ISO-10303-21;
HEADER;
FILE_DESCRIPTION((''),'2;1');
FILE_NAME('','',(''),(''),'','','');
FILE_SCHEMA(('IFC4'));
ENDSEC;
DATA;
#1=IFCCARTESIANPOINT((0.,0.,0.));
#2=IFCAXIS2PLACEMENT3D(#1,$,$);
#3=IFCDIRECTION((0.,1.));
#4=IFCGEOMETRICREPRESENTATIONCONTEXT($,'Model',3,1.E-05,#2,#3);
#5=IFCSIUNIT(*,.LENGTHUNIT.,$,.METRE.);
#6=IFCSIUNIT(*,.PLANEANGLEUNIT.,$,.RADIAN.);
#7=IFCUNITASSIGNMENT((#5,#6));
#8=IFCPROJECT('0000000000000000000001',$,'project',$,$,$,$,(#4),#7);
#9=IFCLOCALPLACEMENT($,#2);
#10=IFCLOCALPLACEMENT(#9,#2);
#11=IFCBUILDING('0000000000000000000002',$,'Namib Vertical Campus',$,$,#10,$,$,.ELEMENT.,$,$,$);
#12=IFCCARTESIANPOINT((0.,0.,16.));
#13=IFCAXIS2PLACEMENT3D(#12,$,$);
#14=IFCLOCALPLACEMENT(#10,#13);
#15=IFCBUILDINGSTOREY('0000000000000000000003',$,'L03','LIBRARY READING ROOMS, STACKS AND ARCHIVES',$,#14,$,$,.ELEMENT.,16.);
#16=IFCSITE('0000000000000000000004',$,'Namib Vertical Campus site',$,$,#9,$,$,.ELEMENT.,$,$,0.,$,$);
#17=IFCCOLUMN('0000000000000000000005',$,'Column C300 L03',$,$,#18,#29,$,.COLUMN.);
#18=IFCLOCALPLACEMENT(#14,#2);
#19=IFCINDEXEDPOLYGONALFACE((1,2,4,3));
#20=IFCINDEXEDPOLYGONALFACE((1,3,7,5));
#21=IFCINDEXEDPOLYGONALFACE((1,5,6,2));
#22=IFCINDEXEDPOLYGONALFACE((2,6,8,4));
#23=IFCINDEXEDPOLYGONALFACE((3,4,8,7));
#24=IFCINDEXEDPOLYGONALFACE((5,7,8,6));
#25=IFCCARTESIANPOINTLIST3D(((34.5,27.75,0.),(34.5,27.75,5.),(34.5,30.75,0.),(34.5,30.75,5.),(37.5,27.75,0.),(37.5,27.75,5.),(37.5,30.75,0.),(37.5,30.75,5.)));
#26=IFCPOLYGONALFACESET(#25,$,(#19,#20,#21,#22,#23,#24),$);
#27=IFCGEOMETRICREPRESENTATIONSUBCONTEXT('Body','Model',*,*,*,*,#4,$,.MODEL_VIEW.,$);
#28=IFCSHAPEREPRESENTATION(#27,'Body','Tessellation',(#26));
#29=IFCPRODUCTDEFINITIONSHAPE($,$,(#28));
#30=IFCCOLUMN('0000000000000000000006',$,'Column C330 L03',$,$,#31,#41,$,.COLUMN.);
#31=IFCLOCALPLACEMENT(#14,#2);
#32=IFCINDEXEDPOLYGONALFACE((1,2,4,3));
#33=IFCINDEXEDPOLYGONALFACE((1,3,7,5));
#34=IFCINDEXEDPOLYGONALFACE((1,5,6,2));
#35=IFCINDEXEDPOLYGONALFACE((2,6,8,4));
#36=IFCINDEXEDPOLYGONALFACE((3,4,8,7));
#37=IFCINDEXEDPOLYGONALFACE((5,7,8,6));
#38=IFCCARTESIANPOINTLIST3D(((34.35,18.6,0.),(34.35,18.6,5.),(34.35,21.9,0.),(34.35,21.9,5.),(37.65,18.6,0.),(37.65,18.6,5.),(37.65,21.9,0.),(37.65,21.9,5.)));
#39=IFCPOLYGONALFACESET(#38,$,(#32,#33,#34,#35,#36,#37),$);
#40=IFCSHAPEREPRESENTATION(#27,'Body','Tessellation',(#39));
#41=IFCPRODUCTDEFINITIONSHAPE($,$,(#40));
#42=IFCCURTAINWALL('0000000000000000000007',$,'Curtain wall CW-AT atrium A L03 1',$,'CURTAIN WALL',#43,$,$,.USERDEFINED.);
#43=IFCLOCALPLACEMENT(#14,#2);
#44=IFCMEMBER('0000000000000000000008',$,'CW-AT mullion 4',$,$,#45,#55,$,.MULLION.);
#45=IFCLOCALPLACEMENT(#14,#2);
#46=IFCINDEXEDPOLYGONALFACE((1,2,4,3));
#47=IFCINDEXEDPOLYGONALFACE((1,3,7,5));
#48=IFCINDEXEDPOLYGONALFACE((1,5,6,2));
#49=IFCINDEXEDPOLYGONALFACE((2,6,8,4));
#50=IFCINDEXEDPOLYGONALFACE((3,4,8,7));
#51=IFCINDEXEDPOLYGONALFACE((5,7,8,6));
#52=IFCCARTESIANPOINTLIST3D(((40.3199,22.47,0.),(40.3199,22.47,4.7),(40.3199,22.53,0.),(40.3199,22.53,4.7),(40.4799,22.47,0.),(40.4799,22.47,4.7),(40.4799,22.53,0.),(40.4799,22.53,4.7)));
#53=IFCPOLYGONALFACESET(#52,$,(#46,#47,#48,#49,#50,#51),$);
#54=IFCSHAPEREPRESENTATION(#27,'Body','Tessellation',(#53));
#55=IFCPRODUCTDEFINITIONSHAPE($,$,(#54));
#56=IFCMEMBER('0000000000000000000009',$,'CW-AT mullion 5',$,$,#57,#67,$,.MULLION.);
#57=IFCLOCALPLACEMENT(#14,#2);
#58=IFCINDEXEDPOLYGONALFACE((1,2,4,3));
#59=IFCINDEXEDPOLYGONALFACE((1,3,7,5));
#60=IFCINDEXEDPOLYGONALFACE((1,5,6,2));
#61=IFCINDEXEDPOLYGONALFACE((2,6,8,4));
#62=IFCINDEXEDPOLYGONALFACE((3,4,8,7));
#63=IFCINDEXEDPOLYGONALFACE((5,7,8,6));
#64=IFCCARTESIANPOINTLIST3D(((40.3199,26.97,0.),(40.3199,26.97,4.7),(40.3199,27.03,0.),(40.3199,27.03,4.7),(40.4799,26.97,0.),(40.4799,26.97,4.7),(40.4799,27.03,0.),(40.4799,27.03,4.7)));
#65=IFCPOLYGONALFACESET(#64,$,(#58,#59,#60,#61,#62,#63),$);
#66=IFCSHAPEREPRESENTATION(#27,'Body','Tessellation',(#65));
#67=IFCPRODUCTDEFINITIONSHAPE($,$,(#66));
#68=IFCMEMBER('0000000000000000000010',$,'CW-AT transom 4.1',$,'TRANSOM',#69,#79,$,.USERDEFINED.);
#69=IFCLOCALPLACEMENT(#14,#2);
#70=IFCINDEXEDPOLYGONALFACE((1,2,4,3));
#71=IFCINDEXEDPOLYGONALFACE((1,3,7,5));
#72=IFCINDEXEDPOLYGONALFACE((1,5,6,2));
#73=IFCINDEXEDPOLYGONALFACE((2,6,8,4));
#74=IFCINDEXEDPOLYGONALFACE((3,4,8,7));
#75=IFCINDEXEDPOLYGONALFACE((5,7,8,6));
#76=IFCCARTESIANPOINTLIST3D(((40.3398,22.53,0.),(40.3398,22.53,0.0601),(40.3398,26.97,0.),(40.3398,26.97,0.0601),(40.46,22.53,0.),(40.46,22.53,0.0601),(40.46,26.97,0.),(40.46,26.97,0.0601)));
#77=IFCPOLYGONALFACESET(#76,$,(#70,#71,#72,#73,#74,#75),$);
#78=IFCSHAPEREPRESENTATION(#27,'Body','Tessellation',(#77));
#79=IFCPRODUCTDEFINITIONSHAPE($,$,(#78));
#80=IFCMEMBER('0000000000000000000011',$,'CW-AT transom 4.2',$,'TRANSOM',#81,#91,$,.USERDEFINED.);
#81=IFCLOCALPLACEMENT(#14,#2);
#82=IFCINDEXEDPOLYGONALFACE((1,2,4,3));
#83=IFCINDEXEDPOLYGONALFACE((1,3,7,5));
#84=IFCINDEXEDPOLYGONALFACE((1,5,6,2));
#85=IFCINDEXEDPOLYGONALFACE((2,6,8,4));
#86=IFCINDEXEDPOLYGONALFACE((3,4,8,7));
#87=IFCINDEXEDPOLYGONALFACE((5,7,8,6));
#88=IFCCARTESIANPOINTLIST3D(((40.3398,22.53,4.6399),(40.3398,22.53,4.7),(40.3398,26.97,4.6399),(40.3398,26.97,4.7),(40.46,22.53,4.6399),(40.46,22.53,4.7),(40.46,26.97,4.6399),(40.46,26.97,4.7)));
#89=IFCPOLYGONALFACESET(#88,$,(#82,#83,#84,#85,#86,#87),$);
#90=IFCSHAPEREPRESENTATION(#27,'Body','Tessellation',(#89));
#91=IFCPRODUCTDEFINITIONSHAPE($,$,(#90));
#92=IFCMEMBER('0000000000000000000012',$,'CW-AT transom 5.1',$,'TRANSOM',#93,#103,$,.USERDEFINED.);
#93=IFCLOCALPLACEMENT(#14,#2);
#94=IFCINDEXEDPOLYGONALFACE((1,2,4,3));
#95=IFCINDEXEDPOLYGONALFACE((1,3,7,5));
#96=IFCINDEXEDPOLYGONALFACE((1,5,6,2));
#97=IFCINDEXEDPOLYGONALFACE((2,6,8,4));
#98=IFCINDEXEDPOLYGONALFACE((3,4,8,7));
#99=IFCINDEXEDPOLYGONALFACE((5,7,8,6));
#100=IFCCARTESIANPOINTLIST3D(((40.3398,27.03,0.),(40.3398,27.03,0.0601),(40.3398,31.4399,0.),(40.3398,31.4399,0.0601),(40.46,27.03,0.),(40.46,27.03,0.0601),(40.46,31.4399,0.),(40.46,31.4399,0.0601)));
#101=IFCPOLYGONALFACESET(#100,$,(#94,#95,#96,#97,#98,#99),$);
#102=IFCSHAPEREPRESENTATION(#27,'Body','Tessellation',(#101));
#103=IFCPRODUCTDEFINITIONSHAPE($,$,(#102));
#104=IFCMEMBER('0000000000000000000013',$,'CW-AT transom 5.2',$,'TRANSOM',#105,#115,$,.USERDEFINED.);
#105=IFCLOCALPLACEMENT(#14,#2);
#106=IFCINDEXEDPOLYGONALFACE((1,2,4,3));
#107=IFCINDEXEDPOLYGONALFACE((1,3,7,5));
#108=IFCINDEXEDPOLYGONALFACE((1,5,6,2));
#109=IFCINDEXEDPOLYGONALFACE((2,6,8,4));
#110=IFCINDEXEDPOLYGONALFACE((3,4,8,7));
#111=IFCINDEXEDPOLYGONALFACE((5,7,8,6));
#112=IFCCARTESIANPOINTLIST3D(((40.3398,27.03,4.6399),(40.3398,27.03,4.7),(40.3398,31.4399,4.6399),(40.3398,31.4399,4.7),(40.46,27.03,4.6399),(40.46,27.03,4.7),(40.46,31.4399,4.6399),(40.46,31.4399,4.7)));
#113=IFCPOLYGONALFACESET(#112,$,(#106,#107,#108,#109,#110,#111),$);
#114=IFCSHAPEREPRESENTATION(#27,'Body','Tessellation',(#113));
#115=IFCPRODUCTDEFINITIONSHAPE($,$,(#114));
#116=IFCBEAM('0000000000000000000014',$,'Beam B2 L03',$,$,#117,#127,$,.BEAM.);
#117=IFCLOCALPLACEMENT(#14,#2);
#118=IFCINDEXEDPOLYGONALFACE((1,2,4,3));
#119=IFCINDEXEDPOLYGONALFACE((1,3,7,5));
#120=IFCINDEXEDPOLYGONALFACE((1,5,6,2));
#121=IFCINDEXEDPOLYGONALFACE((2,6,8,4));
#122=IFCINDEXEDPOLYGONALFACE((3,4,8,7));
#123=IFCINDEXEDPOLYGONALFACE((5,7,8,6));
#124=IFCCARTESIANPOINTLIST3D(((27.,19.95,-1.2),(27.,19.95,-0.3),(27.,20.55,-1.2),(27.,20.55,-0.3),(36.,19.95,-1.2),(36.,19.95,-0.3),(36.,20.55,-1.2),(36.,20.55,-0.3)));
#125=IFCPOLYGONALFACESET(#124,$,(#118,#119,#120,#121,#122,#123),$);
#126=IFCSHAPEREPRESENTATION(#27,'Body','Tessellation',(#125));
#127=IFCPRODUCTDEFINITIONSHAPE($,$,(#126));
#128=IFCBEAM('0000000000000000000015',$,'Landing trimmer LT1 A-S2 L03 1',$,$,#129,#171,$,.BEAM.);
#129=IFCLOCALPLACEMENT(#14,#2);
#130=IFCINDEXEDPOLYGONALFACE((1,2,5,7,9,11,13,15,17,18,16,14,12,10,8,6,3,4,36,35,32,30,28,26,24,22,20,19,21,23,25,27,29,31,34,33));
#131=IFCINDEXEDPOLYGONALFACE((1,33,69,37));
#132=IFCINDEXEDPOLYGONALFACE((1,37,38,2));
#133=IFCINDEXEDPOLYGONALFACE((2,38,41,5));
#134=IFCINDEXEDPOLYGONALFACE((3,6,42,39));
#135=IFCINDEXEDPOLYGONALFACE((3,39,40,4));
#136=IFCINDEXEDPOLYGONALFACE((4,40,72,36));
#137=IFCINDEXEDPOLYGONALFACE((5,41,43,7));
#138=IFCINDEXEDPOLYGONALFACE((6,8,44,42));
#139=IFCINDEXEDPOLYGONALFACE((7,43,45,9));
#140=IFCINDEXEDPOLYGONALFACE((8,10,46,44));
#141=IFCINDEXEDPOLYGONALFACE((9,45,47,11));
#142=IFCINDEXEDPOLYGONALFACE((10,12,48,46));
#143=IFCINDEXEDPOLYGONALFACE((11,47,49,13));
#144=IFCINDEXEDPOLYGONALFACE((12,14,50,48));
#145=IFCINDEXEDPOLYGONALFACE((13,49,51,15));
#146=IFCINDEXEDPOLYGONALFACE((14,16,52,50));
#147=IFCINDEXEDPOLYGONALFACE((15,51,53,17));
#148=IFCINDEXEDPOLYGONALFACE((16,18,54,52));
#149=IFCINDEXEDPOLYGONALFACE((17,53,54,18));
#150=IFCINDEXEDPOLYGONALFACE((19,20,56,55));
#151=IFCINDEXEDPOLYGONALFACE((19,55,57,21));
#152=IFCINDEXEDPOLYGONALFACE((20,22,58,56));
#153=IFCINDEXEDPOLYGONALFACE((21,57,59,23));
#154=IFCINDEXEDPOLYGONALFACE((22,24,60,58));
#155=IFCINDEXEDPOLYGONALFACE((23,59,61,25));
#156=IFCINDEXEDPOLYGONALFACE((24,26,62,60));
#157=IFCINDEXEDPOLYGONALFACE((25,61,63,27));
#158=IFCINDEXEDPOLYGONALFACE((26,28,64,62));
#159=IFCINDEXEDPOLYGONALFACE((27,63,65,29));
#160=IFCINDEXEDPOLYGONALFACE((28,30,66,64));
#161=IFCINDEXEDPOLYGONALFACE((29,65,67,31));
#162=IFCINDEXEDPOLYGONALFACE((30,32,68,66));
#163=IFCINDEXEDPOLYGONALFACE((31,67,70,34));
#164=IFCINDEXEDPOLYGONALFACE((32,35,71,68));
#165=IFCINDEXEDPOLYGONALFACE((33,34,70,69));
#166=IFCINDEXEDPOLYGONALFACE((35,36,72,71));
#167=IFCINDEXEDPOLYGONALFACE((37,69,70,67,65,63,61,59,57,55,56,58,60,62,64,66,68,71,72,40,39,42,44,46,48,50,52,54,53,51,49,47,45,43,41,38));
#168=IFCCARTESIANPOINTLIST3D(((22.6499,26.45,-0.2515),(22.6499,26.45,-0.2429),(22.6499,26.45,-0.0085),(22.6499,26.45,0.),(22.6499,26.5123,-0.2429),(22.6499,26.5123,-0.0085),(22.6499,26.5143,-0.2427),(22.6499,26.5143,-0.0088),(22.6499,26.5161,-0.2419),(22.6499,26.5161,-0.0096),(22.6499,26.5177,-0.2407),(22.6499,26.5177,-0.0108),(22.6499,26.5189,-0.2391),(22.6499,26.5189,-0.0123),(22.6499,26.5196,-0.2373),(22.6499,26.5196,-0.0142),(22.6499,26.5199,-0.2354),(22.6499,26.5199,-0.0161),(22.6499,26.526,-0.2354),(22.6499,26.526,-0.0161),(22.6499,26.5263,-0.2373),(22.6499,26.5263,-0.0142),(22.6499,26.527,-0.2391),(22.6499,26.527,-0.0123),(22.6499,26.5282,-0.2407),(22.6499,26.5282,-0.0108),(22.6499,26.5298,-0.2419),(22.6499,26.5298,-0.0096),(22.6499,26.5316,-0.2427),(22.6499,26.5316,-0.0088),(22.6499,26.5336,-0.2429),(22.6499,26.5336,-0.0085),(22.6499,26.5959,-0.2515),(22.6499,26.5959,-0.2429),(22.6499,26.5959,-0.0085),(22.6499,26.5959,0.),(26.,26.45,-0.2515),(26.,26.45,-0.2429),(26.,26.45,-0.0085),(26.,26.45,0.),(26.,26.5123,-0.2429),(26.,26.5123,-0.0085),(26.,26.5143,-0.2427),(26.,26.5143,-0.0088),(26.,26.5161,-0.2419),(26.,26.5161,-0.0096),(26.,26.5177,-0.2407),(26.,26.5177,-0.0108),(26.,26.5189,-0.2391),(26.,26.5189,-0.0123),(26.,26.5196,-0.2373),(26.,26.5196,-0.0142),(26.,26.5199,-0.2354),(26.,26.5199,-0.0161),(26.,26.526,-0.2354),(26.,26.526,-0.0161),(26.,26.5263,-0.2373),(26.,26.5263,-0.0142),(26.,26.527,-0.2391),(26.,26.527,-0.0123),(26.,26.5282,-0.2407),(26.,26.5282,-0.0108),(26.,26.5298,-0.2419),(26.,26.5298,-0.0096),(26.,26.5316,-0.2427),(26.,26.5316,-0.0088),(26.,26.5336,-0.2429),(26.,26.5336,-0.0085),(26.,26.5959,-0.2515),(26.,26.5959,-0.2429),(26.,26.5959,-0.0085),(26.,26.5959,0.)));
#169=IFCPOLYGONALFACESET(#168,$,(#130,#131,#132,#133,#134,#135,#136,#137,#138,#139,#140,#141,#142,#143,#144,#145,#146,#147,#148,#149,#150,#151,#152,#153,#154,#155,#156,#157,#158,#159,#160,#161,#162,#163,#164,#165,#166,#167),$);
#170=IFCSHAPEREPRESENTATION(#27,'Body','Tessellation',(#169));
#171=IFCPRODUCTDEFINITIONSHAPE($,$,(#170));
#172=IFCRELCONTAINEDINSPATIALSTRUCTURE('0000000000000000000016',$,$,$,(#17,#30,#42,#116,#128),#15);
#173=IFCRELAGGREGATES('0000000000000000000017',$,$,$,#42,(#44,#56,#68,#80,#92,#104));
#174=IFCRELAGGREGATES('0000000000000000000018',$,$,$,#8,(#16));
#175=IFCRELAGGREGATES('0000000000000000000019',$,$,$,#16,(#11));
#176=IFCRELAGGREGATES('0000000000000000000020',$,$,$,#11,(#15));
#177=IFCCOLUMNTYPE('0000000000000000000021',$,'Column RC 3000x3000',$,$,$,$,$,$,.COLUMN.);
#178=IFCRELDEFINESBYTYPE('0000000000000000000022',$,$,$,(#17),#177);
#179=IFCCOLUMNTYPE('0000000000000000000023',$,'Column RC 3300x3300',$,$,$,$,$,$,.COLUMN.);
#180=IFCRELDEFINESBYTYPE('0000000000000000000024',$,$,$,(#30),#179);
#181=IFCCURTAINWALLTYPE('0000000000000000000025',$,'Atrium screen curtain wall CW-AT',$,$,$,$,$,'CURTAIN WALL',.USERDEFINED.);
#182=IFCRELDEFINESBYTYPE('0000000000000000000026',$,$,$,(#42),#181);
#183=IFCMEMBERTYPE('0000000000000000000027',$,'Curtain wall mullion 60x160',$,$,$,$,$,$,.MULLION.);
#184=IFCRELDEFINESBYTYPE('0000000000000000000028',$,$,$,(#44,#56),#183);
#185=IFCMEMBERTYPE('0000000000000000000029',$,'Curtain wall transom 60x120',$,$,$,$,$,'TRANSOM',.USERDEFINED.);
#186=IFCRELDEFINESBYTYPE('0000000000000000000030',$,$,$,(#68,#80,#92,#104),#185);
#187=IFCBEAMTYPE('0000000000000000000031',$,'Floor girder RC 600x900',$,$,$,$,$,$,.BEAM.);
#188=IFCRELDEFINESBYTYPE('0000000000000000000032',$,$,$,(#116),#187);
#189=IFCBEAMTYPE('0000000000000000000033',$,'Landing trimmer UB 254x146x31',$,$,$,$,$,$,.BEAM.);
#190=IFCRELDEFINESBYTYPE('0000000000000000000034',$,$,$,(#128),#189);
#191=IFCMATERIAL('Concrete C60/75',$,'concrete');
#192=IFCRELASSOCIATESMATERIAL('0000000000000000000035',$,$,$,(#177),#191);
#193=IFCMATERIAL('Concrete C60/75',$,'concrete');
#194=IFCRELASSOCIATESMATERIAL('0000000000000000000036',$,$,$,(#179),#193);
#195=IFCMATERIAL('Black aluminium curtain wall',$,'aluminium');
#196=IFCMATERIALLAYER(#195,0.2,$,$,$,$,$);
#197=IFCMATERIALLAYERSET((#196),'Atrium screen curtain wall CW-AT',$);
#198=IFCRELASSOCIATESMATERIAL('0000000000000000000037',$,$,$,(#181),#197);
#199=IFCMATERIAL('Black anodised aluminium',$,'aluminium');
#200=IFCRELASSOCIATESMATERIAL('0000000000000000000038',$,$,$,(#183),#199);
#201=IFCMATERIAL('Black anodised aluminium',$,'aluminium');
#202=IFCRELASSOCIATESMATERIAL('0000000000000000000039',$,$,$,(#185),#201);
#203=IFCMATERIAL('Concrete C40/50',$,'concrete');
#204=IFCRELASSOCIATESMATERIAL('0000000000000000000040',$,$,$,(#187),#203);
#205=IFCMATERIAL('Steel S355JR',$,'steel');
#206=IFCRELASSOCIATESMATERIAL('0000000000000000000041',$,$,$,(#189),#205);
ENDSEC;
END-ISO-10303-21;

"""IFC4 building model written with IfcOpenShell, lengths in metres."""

from ifc_helpers import new_model, si_unit, direction, frame, origin, origin_2d, place, context, subcontext, project, spatial, rectangle, i_section, extrude, material, layer, layer_set, material_profile, profile_set, type_object, element, aggregate, save


model = new_model("IFC4")

# Units and contexts
model_context = context("Model", 3, precision=1e-05, world=origin(), true_north=direction((0.0, 1.0)))
body_context = subcontext(model_context, "Body", "Model", "MODEL_VIEW")
ifc_project = project(units=[si_unit("LENGTHUNIT", "METRE"), si_unit("PLANEANGLEUNIT", "RADIAN")], contexts=[model_context])

# Site, building, storey
site_placement = place(None, origin())
site = spatial("IfcSite", under=ifc_project, at=site_placement, Name="Namib Vertical Campus site", CompositionType="ELEMENT", RefElevation=0.0)
building_placement = place(site_placement, origin())
building = spatial("IfcBuilding", under=site, at=building_placement, Name="Namib Vertical Campus", CompositionType="ELEMENT")
storey_placement = place(building_placement, frame((0.0, 0.0, 16.0)))
storey = spatial("IfcBuildingStorey", under=building, at=storey_placement, Name="L03", Description="LIBRARY READING ROOMS, STACKS AND ARCHIVES", CompositionType="ELEMENT", Elevation=16.0)

# Columns
ifc_material_1 = material(Name="Concrete C60/75", Category="concrete")
ifc_material_profile_1 = material_profile(ifc_material_1, rectangle(XDim=3.0, YDim=3.0, at=origin_2d()))
ifc_profile_set_1 = profile_set([ifc_material_profile_1], Name="Concrete C60/75")
column_type_1 = type_object("IfcColumnType", Name="Column RC 3000x3000", PredefinedType="COLUMN", material=ifc_profile_set_1)
column_1_placement = place(storey_placement, frame((36.0, 29.25, 0.0), z_axis=(0.0, 0.0, 1.0), x_axis=(1.0, 0.0, 0.0)))
element("IfcColumn", 1, at=column_1_placement, inside=storey, type_object=column_type_1, Name="Column C300 L03", PredefinedType="COLUMN", context=body_context, shape_type="SweptSolid", body=[
    extrude(rectangle(XDim=3.0, YDim=3.0, at=origin_2d()), origin(), (0.0, 0.0, 1.0), 5.0),
])
ifc_material_2 = material(Name="Concrete C60/75", Category="concrete")
ifc_material_profile_2 = material_profile(ifc_material_2, rectangle(XDim=3.3, YDim=3.3, at=origin_2d()))
ifc_profile_set_2 = profile_set([ifc_material_profile_2], Name="Concrete C60/75")
column_type_2 = type_object("IfcColumnType", Name="Column RC 3300x3300", PredefinedType="COLUMN", material=ifc_profile_set_2)
column_2_placement = place(storey_placement, frame((36.0, 20.25, 0.0), z_axis=(0.0, 0.0, 1.0), x_axis=(1.0, 0.0, 0.0)))
element("IfcColumn", 2, at=column_2_placement, inside=storey, type_object=column_type_2, Name="Column C330 L03", PredefinedType="COLUMN", context=body_context, shape_type="SweptSolid", body=[
    extrude(rectangle(XDim=3.3, YDim=3.3, at=origin_2d()), origin(), (0.0, 0.0, 1.0), 5.0),
])

# Curtain wall, members
ifc_material_3 = material(Name="Black aluminium curtain wall", Category="aluminium")
ifc_layer_1 = layer(ifc_material_3, 0.2)
ifc_layer_set_1 = layer_set([ifc_layer_1], Name="Atrium screen curtain wall CW-AT")
curtain_wall_type = type_object("IfcCurtainWallType", Name="Atrium screen curtain wall CW-AT", ElementType="CURTAIN WALL", PredefinedType="USERDEFINED", material=ifc_layer_set_1)
curtain_wall_placement = place(storey_placement, origin())
curtain_wall = element("IfcCurtainWall", 3, at=curtain_wall_placement, inside=storey, type_object=curtain_wall_type, Name="Curtain wall CW-AT atrium A L03 1", ObjectType="CURTAIN WALL", PredefinedType="USERDEFINED")
ifc_material_4 = material(Name="Black anodised aluminium", Category="aluminium")
ifc_material_profile_3 = material_profile(ifc_material_4, rectangle(XDim=0.0601, YDim=0.1599, at=origin_2d()))
ifc_profile_set_3 = profile_set([ifc_material_profile_3], Name="Black anodised aluminium")
member_type_1 = type_object("IfcMemberType", Name="Curtain wall mullion 60x160", PredefinedType="MULLION", material=ifc_profile_set_3)
member_1_placement = place(storey_placement, frame((40.3999, 22.5, 0.0), z_axis=(0.0, 0.0, 1.0), x_axis=(0.0, 1.0, 0.0)))
member_1 = element("IfcMember", 4, at=member_1_placement, type_object=member_type_1, Name="CW-AT mullion 4", PredefinedType="MULLION", context=body_context, shape_type="SweptSolid", body=[
    extrude(rectangle(XDim=0.0601, YDim=0.1599, at=origin_2d()), origin(), (0.0, 0.0, 1.0), 4.7),
])
member_2_placement = place(storey_placement, frame((40.3999, 27.0, 0.0), z_axis=(0.0, 0.0, 1.0), x_axis=(0.0, 1.0, 0.0)))
member_2 = element("IfcMember", 5, at=member_2_placement, type_object=member_type_1, Name="CW-AT mullion 5", PredefinedType="MULLION", context=body_context, shape_type="SweptSolid", body=[
    extrude(rectangle(XDim=0.0601, YDim=0.1599, at=origin_2d()), origin(), (0.0, 0.0, 1.0), 4.7),
])
ifc_material_5 = material(Name="Black anodised aluminium", Category="aluminium")
ifc_material_profile_4 = material_profile(ifc_material_5, rectangle(XDim=0.0601, YDim=0.1201, at=origin_2d()))
ifc_profile_set_4 = profile_set([ifc_material_profile_4], Name="Black anodised aluminium")
member_type_2 = type_object("IfcMemberType", Name="Curtain wall transom 60x120", ElementType="TRANSOM", PredefinedType="USERDEFINED", material=ifc_profile_set_4)
member_3_placement = place(storey_placement, frame((40.3999, 22.53, 0.03), z_axis=(0.0, 1.0, 0.0), x_axis=(0.0, 0.0, 1.0)))
member_3 = element("IfcMember", 6, at=member_3_placement, type_object=member_type_2, Name="CW-AT transom 4.1", ObjectType="TRANSOM", PredefinedType="USERDEFINED", context=body_context, shape_type="SweptSolid", body=[
    extrude(rectangle(XDim=0.0601, YDim=0.1201, at=origin_2d()), origin(), (0.0, 0.0, 1.0), 4.4399),
])
member_4_placement = place(storey_placement, frame((40.3999, 22.53, 4.6699), z_axis=(0.0, 1.0, 0.0), x_axis=(0.0, 0.0, 1.0)))
member_4 = element("IfcMember", 7, at=member_4_placement, type_object=member_type_2, Name="CW-AT transom 4.2", ObjectType="TRANSOM", PredefinedType="USERDEFINED", context=body_context, shape_type="SweptSolid", body=[
    extrude(rectangle(XDim=0.0601, YDim=0.1201, at=origin_2d()), origin(), (0.0, 0.0, 1.0), 4.4399),
])
member_5_placement = place(storey_placement, frame((40.3999, 27.03, 0.03), z_axis=(0.0, 1.0, 0.0), x_axis=(0.0, 0.0, 1.0)))
member_5 = element("IfcMember", 8, at=member_5_placement, type_object=member_type_2, Name="CW-AT transom 5.1", ObjectType="TRANSOM", PredefinedType="USERDEFINED", context=body_context, shape_type="SweptSolid", body=[
    extrude(rectangle(XDim=0.0601, YDim=0.1201, at=origin_2d()), origin(), (0.0, 0.0, 1.0), 4.4099),
])
member_6_placement = place(storey_placement, frame((40.3999, 27.03, 4.6699), z_axis=(0.0, 1.0, 0.0), x_axis=(0.0, 0.0, 1.0)))
member_6 = element("IfcMember", 9, at=member_6_placement, type_object=member_type_2, Name="CW-AT transom 5.2", ObjectType="TRANSOM", PredefinedType="USERDEFINED", context=body_context, shape_type="SweptSolid", body=[
    extrude(rectangle(XDim=0.0601, YDim=0.1201, at=origin_2d()), origin(), (0.0, 0.0, 1.0), 4.4099),
])

# Beams
ifc_material_6 = material(Name="Concrete C40/50", Category="concrete")
ifc_material_profile_5 = material_profile(ifc_material_6, rectangle(XDim=0.6001, YDim=0.8999, at=origin_2d()))
ifc_profile_set_5 = profile_set([ifc_material_profile_5], Name="Concrete C40/50")
beam_type_1 = type_object("IfcBeamType", Name="Floor girder RC 600x900", PredefinedType="BEAM", material=ifc_profile_set_5)
beam_1_placement = place(storey_placement, frame((36.0, 20.25, -0.75), z_axis=(-1.0, 0.0, 0.0), x_axis=(0.0, -1.0, 0.0)))
element("IfcBeam", 10, at=beam_1_placement, inside=storey, type_object=beam_type_1, Name="Beam B2 L03", PredefinedType="BEAM", context=body_context, shape_type="SweptSolid", body=[
    extrude(rectangle(XDim=0.6001, YDim=0.8999, at=origin_2d()), origin(), (0.0, 0.0, 1.0), 9.0),
])
ifc_material_7 = material(Name="Steel S355JR", Category="steel")
ifc_material_profile_6 = material_profile(ifc_material_7, i_section(OverallWidth=0.146, OverallDepth=0.2515, WebThickness=0.0061, FlangeThickness=0.0085, FilletRadius=0.0076, at=origin_2d()))
ifc_profile_set_6 = profile_set([ifc_material_profile_6], Name="Steel S355JR")
beam_type_2 = type_object("IfcBeamType", Name="Landing trimmer UB 254x146x31", PredefinedType="BEAM", material=ifc_profile_set_6)
for number, where, z_axis, x_axis, name in (
    (11, (22.6499, 26.5229, -0.1257), (1.0, 0.0, 0.0), (0.0, 1.0, 0.0), "Landing trimmer LT1 A-S2 L03 1"),
):
    element("IfcBeam", number, at=place(storey_placement, frame(where, z_axis=z_axis, x_axis=x_axis)), inside=storey, type_object=beam_type_2, Name=name, PredefinedType="BEAM", context=body_context, shape_type="SweptSolid", body=[
        extrude(i_section(OverallWidth=0.146, OverallDepth=0.2515, WebThickness=0.0061, FlangeThickness=0.0085, FilletRadius=0.0076, at=origin_2d()), origin(), (0.0, 0.0, 1.0), 3.3501),
    ])

aggregate(curtain_wall, [member_1, member_2, member_3, member_4, member_5, member_6])

save(model, "model.ifc")
